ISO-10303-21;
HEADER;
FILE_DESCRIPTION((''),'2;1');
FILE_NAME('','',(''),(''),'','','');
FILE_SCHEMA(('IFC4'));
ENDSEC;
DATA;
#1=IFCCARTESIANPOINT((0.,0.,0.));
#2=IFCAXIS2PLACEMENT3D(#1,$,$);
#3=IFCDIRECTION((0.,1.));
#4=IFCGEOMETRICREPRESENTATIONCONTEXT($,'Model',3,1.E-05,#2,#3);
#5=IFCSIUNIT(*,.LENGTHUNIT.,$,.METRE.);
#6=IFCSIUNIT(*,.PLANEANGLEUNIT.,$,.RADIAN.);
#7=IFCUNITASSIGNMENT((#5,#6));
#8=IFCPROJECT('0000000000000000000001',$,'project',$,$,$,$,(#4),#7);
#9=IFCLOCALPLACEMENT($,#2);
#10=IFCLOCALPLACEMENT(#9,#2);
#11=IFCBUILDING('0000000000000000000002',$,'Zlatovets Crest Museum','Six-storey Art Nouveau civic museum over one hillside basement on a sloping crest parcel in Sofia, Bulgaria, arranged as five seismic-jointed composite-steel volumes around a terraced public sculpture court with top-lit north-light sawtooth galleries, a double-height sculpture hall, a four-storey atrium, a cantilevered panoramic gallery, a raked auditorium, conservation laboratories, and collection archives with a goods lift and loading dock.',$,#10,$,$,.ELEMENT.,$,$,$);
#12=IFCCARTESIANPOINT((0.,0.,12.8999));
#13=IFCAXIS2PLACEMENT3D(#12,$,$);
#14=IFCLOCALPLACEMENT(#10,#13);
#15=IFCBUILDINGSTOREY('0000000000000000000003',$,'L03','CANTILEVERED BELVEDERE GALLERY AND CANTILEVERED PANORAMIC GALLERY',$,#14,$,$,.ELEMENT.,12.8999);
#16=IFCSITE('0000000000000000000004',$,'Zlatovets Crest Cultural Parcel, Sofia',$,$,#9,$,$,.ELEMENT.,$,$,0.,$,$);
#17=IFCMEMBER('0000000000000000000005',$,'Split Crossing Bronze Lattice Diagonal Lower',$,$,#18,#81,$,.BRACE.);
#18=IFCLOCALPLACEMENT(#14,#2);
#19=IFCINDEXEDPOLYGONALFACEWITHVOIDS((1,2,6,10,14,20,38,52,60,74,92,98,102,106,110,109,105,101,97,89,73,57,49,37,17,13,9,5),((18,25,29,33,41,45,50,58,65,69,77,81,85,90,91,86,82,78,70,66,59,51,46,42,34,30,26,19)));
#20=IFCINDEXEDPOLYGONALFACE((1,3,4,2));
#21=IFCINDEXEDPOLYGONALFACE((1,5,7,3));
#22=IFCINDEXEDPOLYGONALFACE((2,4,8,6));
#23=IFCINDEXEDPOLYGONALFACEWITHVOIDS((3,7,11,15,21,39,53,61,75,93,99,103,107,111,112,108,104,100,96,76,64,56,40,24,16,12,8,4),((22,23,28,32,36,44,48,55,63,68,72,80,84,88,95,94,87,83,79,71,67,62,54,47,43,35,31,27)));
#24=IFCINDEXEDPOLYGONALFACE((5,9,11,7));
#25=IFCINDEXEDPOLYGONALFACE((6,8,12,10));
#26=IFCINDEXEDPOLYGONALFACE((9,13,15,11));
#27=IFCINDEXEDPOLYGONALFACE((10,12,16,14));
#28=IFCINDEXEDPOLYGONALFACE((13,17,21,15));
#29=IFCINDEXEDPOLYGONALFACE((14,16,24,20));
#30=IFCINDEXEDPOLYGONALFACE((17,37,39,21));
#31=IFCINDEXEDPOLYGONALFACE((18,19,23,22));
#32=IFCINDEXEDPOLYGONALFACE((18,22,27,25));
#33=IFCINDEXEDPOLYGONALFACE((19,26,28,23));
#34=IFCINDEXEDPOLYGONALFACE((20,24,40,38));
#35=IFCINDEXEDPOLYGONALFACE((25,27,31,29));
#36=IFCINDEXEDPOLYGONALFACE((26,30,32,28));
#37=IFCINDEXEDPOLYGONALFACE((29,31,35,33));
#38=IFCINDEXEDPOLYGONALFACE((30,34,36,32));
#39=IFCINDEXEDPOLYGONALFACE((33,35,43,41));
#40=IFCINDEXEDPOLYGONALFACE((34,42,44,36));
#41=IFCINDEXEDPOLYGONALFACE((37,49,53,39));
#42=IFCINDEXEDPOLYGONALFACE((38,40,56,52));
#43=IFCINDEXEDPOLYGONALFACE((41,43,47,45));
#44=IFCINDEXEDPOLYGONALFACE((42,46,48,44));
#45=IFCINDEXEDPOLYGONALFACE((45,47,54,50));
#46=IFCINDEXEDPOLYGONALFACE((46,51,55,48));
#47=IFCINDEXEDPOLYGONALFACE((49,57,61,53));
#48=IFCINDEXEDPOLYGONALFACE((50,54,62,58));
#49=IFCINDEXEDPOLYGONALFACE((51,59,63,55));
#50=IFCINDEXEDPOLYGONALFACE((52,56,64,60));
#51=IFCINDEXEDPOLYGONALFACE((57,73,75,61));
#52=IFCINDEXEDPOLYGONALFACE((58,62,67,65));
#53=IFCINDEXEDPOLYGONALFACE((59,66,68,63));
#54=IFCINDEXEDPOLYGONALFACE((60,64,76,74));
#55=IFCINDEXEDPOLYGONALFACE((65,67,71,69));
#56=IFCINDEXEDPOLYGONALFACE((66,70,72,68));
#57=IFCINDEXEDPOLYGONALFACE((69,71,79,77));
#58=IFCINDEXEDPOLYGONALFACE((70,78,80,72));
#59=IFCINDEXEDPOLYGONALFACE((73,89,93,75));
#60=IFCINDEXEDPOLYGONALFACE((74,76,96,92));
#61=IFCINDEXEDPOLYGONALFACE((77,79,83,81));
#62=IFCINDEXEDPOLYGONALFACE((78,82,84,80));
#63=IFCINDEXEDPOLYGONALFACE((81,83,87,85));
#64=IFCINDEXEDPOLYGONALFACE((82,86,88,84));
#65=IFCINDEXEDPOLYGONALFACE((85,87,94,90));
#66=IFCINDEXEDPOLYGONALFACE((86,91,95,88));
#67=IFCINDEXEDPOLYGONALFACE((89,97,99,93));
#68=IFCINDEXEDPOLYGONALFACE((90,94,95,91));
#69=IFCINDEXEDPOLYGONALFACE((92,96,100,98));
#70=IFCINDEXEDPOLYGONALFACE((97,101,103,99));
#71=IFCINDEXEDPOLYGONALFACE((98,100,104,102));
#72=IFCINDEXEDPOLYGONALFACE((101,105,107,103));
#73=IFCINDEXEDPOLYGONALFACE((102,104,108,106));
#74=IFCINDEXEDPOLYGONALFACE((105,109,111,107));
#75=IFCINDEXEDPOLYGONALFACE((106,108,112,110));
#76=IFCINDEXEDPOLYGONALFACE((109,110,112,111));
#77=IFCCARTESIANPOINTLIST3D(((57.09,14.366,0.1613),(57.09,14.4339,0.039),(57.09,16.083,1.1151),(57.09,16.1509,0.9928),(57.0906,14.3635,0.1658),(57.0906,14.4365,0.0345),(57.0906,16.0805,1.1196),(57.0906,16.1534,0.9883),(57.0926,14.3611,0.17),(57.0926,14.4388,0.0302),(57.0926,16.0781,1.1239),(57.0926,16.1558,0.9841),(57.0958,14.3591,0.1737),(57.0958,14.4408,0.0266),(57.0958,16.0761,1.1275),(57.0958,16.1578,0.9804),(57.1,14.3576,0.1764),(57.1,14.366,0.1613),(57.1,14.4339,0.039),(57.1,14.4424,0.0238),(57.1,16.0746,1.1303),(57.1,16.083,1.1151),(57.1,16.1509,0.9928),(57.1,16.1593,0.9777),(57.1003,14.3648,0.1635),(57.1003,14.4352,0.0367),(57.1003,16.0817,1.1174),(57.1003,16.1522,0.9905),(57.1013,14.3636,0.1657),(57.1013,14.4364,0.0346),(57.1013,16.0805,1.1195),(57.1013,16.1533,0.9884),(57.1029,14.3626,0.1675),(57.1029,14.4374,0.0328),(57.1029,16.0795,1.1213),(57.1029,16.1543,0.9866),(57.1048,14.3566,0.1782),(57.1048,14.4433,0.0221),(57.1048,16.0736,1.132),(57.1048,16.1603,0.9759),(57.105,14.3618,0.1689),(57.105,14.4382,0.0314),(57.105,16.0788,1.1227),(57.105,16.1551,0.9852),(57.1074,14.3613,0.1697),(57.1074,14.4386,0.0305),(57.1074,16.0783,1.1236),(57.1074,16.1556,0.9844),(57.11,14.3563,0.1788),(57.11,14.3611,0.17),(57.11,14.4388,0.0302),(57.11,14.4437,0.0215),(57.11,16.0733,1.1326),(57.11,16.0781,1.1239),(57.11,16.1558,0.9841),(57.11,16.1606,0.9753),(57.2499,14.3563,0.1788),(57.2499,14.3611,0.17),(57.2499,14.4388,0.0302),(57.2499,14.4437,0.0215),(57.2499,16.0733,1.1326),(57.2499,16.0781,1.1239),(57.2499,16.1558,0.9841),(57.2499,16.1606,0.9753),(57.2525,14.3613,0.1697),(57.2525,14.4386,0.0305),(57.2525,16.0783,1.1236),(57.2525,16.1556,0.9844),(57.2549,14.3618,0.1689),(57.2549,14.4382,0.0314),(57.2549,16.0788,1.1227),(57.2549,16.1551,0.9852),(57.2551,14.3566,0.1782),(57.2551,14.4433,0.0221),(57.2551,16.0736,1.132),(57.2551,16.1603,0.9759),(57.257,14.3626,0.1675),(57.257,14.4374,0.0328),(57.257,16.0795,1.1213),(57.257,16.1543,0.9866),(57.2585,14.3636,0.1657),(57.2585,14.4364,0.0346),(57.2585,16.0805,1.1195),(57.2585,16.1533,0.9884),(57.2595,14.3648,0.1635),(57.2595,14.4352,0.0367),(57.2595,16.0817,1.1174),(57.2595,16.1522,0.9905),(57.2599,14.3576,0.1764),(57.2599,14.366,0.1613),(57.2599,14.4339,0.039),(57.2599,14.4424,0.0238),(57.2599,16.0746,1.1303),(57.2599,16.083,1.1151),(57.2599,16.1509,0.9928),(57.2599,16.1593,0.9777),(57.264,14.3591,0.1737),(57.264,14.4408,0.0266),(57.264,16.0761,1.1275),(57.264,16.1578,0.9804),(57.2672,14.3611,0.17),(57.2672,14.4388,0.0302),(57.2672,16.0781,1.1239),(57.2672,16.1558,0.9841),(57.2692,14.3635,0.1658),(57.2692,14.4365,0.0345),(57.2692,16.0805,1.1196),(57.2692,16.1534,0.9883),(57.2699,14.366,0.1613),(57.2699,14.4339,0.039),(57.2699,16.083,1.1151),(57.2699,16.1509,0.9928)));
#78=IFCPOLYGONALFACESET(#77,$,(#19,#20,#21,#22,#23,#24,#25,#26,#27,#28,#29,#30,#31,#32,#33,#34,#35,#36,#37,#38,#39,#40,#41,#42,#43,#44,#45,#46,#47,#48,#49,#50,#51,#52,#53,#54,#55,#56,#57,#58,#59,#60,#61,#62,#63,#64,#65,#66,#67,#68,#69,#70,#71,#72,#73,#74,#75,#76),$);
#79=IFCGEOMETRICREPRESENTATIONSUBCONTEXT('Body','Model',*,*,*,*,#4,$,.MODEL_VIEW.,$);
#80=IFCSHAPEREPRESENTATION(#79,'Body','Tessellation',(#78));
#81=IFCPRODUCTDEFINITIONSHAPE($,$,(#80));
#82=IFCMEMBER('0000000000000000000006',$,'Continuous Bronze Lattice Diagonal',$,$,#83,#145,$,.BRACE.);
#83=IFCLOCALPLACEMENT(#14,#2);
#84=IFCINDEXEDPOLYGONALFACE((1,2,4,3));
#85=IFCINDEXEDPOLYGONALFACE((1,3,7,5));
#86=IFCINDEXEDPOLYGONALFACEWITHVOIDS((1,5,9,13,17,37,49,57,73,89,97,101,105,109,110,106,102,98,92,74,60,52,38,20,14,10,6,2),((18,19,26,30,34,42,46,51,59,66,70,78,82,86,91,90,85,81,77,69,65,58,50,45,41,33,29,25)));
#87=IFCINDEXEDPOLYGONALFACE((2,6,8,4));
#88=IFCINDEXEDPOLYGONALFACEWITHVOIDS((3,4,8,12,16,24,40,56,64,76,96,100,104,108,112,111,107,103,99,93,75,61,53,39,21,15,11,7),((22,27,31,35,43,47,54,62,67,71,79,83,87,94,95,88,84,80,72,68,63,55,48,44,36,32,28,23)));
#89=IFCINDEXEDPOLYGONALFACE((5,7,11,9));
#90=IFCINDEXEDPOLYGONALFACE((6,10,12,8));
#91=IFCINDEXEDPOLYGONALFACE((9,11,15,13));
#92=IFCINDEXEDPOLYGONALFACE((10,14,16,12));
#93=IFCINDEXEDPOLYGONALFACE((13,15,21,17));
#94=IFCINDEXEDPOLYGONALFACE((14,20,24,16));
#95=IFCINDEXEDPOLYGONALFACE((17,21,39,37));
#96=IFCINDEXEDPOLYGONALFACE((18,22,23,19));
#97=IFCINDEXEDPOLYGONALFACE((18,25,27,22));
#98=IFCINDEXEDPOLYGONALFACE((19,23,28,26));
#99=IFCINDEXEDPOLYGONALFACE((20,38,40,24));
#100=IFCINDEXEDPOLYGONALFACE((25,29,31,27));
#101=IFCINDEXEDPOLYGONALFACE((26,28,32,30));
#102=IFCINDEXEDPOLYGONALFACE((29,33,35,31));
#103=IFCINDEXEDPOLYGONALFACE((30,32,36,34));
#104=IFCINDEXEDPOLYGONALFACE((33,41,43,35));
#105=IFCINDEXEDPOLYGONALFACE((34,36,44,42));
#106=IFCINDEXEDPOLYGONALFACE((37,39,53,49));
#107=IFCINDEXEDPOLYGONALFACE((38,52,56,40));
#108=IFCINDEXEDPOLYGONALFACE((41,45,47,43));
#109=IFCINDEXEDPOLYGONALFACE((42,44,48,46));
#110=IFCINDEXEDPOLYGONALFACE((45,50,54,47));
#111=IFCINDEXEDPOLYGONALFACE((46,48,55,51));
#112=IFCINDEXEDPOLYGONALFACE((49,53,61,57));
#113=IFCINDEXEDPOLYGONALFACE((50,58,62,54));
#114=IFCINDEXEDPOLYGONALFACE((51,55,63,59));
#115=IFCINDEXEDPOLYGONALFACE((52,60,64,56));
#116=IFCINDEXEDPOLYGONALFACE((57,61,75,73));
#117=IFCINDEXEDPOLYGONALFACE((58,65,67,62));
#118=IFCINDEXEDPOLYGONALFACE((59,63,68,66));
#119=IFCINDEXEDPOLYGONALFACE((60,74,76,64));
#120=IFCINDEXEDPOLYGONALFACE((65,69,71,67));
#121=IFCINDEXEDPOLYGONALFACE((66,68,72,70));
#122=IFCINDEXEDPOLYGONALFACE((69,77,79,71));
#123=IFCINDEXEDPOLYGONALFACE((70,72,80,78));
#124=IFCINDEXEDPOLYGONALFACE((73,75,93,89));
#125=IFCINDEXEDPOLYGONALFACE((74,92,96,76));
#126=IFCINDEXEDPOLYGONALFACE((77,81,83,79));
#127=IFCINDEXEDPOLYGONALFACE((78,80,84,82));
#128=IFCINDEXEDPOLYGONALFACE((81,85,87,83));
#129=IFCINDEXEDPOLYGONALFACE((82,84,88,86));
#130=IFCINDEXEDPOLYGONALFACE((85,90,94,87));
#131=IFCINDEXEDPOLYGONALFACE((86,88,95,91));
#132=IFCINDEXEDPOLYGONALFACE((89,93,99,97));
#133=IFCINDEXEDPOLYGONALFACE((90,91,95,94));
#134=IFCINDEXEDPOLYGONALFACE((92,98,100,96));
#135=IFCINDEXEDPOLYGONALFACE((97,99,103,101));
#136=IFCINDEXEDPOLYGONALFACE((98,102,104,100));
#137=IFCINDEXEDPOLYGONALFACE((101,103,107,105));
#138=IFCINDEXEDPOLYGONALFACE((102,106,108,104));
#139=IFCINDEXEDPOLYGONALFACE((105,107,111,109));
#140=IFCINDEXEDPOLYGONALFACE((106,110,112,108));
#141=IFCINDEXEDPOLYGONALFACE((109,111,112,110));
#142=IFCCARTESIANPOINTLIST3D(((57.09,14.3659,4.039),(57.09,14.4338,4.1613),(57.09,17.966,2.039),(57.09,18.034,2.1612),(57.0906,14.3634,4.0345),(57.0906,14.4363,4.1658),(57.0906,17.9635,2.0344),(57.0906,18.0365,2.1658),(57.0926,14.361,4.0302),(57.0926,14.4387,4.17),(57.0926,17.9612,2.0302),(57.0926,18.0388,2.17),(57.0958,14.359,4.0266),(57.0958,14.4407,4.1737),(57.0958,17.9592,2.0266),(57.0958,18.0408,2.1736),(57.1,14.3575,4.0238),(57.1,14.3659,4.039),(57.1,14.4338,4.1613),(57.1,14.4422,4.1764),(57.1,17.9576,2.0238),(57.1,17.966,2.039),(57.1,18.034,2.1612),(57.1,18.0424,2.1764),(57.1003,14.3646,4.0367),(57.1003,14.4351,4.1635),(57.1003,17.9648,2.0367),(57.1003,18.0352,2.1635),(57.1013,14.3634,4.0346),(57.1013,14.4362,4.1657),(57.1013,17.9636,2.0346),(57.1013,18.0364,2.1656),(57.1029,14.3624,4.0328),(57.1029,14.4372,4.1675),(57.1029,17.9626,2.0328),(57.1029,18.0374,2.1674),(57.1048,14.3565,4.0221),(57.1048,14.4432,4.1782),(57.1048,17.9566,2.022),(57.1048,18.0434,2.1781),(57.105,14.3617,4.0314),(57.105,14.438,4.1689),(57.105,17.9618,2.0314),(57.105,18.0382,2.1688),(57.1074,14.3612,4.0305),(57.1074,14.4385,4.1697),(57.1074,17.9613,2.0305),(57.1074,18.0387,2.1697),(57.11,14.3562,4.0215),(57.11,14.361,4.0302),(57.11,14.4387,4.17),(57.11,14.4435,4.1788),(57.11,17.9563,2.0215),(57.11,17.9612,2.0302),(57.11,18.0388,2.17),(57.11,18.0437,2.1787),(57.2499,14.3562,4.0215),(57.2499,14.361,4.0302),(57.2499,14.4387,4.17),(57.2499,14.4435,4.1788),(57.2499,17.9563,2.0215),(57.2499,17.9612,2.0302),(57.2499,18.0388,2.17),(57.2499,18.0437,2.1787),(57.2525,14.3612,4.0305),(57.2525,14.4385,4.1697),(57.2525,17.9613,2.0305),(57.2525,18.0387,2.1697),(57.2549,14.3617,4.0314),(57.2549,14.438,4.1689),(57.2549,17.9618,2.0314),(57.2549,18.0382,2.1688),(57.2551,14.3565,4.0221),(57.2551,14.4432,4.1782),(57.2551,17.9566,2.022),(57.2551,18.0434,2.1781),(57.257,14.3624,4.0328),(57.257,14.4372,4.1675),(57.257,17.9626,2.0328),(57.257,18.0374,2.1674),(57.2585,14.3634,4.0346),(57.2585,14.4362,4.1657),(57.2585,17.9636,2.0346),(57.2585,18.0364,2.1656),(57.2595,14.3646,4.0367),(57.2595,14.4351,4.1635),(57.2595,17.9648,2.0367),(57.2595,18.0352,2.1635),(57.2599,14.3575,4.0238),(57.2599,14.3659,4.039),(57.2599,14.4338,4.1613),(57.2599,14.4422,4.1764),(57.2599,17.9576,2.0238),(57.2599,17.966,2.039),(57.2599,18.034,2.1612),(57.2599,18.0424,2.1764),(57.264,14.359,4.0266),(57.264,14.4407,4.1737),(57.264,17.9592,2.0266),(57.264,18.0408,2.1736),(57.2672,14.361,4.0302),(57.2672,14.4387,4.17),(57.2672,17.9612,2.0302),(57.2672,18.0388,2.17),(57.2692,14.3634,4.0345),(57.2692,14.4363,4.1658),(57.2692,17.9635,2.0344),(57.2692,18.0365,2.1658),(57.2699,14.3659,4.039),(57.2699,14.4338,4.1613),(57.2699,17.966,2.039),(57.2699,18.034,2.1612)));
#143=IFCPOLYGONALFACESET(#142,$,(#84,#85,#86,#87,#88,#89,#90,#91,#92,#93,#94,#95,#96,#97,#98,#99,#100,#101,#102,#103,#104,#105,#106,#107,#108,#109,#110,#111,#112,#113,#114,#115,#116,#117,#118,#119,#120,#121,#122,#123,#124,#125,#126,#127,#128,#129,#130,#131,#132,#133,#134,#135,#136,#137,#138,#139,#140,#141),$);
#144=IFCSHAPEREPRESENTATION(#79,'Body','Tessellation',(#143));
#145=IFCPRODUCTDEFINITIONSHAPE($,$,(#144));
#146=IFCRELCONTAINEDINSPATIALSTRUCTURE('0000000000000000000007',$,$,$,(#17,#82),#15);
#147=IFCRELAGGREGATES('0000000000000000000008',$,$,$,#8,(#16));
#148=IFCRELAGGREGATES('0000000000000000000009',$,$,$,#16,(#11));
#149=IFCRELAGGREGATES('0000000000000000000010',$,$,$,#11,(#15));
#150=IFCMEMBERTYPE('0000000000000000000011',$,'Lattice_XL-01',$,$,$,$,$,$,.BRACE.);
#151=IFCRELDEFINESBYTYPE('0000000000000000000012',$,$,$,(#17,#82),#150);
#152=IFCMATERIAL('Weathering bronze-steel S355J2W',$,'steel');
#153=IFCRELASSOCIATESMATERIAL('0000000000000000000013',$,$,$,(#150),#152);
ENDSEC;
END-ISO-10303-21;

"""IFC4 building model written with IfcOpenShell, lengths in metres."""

from ifc_helpers import new_model, si_unit, direction, frame, origin, origin_2d, place, context, subcontext, project, spatial, hollow_rectangle, extrude, material, material_profile, profile_set, type_object, element, save


model = new_model("IFC4")

# Units and contexts
model_context = context("Model", 3, precision=1e-05, world=origin(), true_north=direction((0.0, 1.0)))
body_context = subcontext(model_context, "Body", "Model", "MODEL_VIEW")
ifc_project = project(units=[si_unit("LENGTHUNIT", "METRE"), si_unit("PLANEANGLEUNIT", "RADIAN")], contexts=[model_context])

# Site, building, storey
site_placement = place(None, origin())
site = spatial("IfcSite", under=ifc_project, at=site_placement, Name="Zlatovets Crest Cultural Parcel, Sofia", CompositionType="ELEMENT", RefElevation=0.0)
building_placement = place(site_placement, origin())
building = spatial("IfcBuilding", under=site, at=building_placement, Name="Zlatovets Crest Museum", Description="Six-storey Art Nouveau civic museum over one hillside basement on a sloping crest parcel in Sofia, Bulgaria, arranged as five seismic-jointed composite-steel volumes around a terraced public sculpture court with top-lit north-light sawtooth galleries, a double-height sculpture hall, a four-storey atrium, a cantilevered panoramic gallery, a raked auditorium, conservation laboratories, and collection archives with a goods lift and loading dock.", CompositionType="ELEMENT")
storey_placement = place(building_placement, frame((0.0, 0.0, 12.8999)))
storey = spatial("IfcBuildingStorey", under=building, at=storey_placement, Name="L03", Description="CANTILEVERED BELVEDERE GALLERY AND CANTILEVERED PANORAMIC GALLERY", CompositionType="ELEMENT", Elevation=12.8999)

# Members
ifc_material_1 = material(Name="Weathering bronze-steel S355J2W", Category="steel")
ifc_material_profile_1 = material_profile(ifc_material_1, hollow_rectangle(XDim=0.1799, YDim=0.1799, WallThickness=0.01, InnerFilletRadius=0.01, OuterFilletRadius=0.02, at=origin_2d()), Name="SHS 180x180x10.0")
ifc_profile_set_1 = profile_set([ifc_material_profile_1], Name="Weathering bronze-steel S355J2W")
member_type_1 = type_object("IfcMemberType", Name="Lattice_XL-01", PredefinedType="BRACE", material=ifc_profile_set_1)
for number, where, z_axis, x_axis, name in (
    (1, (57.1799, 16.1169, 1.054), (0.0, -0.874169, -0.485622), (1.0, 0.0, 0.0), "Split Crossing Bronze Lattice Diagonal Lower"),
):
    element("IfcMember", number, at=place(storey_placement, frame(where, z_axis=z_axis, x_axis=x_axis)), inside=storey, type_object=member_type_1, Name=name, PredefinedType="BRACE", context=body_context, shape_type="SweptSolid", body=[
        extrude(hollow_rectangle(XDim=0.1799, YDim=0.1799, WallThickness=0.01, InnerFilletRadius=0.01, OuterFilletRadius=0.02, at=origin_2d()), origin(), (0.0, 0.0, 1.0), 1.9641),
    ])
member_1_placement = place(storey_placement, frame((57.1799, 18.0, 2.1001), z_axis=(0.0, -0.874163, 0.485633), x_axis=(1.0, 0.0, 0.0)))
element("IfcMember", 2, at=member_1_placement, inside=storey, type_object=member_type_1, Name="Continuous Bronze Lattice Diagonal", PredefinedType="BRACE", context=body_context, shape_type="SweptSolid", body=[
    extrude(hollow_rectangle(XDim=0.1799, YDim=0.1799, WallThickness=0.01, InnerFilletRadius=0.01, OuterFilletRadius=0.02, at=origin_2d()), origin(), (0.0, 0.0, 1.0), 4.1184),
])

save(model, "model.ifc")
